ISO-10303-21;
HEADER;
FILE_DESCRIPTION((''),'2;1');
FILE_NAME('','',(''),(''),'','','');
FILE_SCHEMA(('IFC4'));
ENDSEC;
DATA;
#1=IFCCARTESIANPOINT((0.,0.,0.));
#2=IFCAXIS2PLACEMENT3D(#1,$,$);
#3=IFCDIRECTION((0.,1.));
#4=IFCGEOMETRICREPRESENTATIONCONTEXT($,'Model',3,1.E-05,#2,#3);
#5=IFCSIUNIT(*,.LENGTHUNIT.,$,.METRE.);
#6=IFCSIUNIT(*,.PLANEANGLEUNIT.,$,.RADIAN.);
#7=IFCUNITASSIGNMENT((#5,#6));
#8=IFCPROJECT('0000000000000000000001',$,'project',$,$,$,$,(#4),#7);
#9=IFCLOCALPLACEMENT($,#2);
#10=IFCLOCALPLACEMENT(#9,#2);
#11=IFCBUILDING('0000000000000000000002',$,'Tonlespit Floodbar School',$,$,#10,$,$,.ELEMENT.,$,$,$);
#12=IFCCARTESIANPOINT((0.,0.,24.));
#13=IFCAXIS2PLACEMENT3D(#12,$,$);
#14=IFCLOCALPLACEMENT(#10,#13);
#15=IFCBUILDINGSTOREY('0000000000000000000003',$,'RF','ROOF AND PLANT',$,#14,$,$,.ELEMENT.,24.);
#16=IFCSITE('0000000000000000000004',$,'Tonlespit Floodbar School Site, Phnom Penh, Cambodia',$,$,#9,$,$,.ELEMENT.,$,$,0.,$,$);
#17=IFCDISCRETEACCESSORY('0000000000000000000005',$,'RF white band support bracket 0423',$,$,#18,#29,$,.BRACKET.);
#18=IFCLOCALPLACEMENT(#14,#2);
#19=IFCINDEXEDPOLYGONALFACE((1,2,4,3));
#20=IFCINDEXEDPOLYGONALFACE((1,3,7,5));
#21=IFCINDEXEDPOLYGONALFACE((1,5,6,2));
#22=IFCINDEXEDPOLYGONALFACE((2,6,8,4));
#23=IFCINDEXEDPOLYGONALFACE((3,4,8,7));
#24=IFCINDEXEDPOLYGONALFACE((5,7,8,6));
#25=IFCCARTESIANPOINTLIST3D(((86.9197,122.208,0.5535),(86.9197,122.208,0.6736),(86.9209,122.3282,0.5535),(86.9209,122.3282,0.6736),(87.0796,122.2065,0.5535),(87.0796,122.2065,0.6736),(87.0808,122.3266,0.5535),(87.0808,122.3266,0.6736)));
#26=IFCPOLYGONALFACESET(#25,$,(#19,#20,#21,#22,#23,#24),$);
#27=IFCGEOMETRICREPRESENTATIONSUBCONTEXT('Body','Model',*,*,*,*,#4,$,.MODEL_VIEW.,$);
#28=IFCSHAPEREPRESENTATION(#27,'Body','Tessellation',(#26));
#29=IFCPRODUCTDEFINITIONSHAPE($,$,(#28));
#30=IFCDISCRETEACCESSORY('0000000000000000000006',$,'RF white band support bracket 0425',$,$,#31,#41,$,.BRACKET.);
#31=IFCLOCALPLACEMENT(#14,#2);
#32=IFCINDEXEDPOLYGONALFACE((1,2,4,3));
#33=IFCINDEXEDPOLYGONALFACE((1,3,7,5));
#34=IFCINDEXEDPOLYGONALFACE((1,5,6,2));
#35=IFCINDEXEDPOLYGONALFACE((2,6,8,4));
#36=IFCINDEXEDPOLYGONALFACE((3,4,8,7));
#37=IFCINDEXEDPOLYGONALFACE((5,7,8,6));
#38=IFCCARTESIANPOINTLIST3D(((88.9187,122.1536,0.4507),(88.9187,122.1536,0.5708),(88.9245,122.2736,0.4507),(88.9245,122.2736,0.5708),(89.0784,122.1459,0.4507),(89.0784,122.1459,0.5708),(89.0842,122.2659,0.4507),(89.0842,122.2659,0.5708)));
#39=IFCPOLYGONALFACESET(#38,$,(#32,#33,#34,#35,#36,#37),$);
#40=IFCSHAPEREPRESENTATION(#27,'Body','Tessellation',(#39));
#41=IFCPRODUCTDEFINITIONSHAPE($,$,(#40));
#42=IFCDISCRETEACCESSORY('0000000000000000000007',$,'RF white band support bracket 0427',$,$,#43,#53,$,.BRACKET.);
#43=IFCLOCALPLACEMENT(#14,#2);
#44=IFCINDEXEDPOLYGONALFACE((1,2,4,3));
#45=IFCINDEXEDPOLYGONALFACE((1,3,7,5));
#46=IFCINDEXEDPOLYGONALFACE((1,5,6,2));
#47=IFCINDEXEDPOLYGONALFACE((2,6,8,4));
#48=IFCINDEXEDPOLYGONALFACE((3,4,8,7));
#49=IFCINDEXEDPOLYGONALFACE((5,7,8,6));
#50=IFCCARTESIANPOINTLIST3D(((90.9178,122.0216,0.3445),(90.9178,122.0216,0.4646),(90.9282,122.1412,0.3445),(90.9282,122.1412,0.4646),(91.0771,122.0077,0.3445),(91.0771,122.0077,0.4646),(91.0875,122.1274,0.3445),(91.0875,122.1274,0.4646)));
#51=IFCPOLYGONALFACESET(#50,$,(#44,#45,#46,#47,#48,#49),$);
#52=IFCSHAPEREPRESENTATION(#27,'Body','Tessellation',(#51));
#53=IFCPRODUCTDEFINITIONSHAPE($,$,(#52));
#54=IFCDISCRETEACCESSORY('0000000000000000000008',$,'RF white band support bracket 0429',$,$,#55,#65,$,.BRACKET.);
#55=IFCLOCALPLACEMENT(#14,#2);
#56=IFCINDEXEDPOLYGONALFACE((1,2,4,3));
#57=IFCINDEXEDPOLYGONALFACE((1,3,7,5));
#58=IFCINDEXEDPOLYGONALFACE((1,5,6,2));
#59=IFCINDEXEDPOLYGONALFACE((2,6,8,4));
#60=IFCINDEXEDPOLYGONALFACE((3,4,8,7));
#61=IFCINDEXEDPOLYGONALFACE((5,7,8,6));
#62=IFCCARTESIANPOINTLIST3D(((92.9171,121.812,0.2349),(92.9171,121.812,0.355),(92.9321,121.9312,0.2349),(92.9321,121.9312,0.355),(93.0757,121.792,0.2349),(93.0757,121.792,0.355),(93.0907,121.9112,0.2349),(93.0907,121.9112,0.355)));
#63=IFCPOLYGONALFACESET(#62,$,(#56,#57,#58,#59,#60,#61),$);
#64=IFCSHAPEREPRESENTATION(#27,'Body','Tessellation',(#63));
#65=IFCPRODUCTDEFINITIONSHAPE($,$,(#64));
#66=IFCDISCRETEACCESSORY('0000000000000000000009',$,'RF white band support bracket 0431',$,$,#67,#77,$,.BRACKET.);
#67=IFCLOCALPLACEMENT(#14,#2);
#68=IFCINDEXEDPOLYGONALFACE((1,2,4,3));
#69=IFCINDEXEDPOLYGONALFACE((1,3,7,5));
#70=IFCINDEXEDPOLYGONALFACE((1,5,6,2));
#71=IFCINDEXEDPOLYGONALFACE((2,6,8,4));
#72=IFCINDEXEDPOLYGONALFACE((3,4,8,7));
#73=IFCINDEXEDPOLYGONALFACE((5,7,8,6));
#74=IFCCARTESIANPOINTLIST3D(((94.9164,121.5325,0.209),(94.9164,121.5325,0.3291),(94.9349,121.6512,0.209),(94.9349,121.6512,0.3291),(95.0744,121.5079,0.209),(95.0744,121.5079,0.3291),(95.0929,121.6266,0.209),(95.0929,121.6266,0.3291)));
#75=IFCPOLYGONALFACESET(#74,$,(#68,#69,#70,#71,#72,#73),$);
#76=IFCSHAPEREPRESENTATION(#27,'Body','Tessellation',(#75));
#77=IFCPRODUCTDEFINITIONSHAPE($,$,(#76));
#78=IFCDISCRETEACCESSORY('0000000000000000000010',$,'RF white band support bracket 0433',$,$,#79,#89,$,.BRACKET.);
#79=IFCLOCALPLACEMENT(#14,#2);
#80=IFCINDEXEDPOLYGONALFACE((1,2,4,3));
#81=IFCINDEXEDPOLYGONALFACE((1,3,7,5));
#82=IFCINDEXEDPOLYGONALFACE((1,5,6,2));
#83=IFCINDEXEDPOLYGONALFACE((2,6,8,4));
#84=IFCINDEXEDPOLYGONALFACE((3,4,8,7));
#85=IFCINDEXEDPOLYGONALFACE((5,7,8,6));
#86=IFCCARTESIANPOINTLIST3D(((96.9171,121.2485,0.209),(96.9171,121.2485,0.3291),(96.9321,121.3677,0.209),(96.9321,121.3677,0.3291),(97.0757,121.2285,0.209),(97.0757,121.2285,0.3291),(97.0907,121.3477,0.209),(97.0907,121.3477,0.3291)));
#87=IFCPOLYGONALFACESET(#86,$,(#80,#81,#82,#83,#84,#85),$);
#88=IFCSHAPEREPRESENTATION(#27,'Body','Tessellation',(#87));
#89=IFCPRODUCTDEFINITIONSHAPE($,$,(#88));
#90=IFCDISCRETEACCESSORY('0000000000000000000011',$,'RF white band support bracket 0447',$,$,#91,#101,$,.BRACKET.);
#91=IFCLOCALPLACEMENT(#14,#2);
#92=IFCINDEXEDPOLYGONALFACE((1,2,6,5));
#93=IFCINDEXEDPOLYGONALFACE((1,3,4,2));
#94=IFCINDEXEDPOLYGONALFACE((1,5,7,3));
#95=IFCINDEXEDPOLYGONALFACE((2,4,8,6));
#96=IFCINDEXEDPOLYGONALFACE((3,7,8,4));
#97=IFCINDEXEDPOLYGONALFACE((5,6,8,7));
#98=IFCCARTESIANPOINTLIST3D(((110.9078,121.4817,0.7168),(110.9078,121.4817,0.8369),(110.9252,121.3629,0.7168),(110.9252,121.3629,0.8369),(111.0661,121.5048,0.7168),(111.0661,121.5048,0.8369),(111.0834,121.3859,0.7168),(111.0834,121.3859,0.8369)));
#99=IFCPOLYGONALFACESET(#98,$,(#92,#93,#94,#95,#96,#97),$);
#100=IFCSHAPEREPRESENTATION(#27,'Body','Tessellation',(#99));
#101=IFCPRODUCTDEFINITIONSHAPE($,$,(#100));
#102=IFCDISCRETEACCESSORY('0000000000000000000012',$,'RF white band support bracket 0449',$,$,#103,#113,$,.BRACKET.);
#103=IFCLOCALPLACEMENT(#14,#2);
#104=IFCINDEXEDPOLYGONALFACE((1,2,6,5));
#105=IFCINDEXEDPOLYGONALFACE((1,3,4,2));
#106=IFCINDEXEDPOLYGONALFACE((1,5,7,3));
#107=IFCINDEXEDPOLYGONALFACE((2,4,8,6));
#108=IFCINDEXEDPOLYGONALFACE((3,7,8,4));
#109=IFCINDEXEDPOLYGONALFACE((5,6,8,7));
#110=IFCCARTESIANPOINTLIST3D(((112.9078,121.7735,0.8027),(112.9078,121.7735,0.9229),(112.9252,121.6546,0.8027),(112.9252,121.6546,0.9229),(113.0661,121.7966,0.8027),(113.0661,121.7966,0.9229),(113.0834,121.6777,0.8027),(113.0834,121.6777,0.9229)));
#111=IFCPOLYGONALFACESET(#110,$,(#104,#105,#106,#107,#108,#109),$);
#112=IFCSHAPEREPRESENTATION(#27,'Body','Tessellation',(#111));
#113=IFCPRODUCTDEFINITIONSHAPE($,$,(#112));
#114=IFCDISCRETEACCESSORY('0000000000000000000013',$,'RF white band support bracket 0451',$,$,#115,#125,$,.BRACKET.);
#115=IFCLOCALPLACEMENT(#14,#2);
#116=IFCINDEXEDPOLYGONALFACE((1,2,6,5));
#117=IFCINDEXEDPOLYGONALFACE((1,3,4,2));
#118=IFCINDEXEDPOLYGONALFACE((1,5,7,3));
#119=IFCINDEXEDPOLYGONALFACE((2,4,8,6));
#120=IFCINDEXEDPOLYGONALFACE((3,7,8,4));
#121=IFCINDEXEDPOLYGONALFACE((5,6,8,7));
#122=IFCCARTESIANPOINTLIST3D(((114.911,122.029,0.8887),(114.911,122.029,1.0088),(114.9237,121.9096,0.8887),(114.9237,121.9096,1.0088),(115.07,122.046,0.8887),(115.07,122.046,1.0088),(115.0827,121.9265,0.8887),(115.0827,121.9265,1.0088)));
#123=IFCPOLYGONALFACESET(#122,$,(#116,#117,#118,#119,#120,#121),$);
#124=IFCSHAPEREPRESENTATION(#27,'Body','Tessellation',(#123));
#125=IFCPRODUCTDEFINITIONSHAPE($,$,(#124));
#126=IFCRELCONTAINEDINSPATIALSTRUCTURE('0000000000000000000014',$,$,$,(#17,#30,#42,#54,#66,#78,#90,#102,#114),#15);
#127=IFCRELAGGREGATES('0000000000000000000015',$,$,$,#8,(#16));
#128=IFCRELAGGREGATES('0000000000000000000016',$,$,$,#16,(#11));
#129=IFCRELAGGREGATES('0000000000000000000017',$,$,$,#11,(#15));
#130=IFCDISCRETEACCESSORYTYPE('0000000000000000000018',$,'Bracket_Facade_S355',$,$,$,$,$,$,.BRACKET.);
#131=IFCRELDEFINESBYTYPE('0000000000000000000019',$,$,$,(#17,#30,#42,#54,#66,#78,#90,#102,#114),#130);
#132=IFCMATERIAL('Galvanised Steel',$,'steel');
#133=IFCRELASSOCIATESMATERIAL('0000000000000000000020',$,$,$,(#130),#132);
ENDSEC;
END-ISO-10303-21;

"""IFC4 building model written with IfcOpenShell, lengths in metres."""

from ifc_helpers import new_model, si_unit, direction, frame, origin, origin_2d, place, context, subcontext, project, spatial, rectangle, extrude, material, type_object, element, save


model = new_model("IFC4")

# Units and contexts
model_context = context("Model", 3, precision=1e-05, world=origin(), true_north=direction((0.0, 1.0)))
body_context = subcontext(model_context, "Body", "Model", "MODEL_VIEW")
ifc_project = project(units=[si_unit("LENGTHUNIT", "METRE"), si_unit("PLANEANGLEUNIT", "RADIAN")], contexts=[model_context])

# Site, building, storey
site_placement = place(None, origin())
site = spatial("IfcSite", under=ifc_project, at=site_placement, Name="Tonlespit Floodbar School Site, Phnom Penh, Cambodia", CompositionType="ELEMENT", RefElevation=0.0)
building_placement = place(site_placement, origin())
building = spatial("IfcBuilding", under=site, at=building_placement, Name="Tonlespit Floodbar School", CompositionType="ELEMENT")
storey_placement = place(building_placement, frame((0.0, 0.0, 24.0)))
storey = spatial("IfcBuildingStorey", under=building, at=storey_placement, Name="RF", Description="ROOF AND PLANT", CompositionType="ELEMENT", Elevation=24.0)

# Discrete accessories
ifc_material_1 = material(Name="Galvanised Steel", Category="steel")
discrete_accessory_type = type_object("IfcDiscreteAccessoryType", Name="Bracket_Facade_S355", PredefinedType="BRACKET", material=ifc_material_1)
for number, where, z_axis, x_axis, name in (
    (1, (87.0002, 122.2673, 0.5535), (0.0, 0.0, 1.0), (0.999954, -0.009599, 0.0), "RF white band support bracket 0423"),
    (2, (89.0015, 122.2097, 0.4507), (0.0, 0.0, 1.0), (0.998843, -0.048095, 0.0), "RF white band support bracket 0425"),
    (3, (91.0027, 122.0745, 0.3445), (0.0, 0.0, 1.0), (0.996245, -0.086573, 0.0), "RF white band support bracket 0427"),
    (4, (93.0039, 121.8616, 0.2349), (0.0, 0.0, 1.0), (0.992155, -0.125011, 0.0), "RF white band support bracket 0429"),
    (5, (95.0046, 121.5796, 0.209), (0.0, 0.0, 1.0), (0.988095, -0.153846, 0.0), "RF white band support bracket 0431"),
    (6, (97.0039, 121.2981, 0.209), (0.0, 0.0, 1.0), (0.992155, -0.125011, 0.0), "RF white band support bracket 0433"),
    (7, (110.9956, 121.4338, 0.7168), (0.0, 0.0, 1.0), (0.989538, 0.144275, 0.0), "RF white band support bracket 0447"),
    (8, (112.9956, 121.7256, 0.8027), (0.0, 0.0, 1.0), (0.989538, 0.144275, 0.0), "RF white band support bracket 0449"),
    (9, (114.9968, 121.9778, 0.8887), (0.0, 0.0, 1.0), (0.994392, 0.105754, 0.0), "RF white band support bracket 0451"),
):
    element("IfcDiscreteAccessory", number, at=place(storey_placement, frame(where, z_axis=z_axis, x_axis=x_axis)), inside=storey, type_object=discrete_accessory_type, Name=name, PredefinedType="BRACKET", context=body_context, shape_type="SweptSolid", body=[
        extrude(rectangle(XDim=0.1599, YDim=0.1201, at=origin_2d()), origin(), (0.0, 0.0, 1.0), 0.1201),
    ])

save(model, "model.ifc")
